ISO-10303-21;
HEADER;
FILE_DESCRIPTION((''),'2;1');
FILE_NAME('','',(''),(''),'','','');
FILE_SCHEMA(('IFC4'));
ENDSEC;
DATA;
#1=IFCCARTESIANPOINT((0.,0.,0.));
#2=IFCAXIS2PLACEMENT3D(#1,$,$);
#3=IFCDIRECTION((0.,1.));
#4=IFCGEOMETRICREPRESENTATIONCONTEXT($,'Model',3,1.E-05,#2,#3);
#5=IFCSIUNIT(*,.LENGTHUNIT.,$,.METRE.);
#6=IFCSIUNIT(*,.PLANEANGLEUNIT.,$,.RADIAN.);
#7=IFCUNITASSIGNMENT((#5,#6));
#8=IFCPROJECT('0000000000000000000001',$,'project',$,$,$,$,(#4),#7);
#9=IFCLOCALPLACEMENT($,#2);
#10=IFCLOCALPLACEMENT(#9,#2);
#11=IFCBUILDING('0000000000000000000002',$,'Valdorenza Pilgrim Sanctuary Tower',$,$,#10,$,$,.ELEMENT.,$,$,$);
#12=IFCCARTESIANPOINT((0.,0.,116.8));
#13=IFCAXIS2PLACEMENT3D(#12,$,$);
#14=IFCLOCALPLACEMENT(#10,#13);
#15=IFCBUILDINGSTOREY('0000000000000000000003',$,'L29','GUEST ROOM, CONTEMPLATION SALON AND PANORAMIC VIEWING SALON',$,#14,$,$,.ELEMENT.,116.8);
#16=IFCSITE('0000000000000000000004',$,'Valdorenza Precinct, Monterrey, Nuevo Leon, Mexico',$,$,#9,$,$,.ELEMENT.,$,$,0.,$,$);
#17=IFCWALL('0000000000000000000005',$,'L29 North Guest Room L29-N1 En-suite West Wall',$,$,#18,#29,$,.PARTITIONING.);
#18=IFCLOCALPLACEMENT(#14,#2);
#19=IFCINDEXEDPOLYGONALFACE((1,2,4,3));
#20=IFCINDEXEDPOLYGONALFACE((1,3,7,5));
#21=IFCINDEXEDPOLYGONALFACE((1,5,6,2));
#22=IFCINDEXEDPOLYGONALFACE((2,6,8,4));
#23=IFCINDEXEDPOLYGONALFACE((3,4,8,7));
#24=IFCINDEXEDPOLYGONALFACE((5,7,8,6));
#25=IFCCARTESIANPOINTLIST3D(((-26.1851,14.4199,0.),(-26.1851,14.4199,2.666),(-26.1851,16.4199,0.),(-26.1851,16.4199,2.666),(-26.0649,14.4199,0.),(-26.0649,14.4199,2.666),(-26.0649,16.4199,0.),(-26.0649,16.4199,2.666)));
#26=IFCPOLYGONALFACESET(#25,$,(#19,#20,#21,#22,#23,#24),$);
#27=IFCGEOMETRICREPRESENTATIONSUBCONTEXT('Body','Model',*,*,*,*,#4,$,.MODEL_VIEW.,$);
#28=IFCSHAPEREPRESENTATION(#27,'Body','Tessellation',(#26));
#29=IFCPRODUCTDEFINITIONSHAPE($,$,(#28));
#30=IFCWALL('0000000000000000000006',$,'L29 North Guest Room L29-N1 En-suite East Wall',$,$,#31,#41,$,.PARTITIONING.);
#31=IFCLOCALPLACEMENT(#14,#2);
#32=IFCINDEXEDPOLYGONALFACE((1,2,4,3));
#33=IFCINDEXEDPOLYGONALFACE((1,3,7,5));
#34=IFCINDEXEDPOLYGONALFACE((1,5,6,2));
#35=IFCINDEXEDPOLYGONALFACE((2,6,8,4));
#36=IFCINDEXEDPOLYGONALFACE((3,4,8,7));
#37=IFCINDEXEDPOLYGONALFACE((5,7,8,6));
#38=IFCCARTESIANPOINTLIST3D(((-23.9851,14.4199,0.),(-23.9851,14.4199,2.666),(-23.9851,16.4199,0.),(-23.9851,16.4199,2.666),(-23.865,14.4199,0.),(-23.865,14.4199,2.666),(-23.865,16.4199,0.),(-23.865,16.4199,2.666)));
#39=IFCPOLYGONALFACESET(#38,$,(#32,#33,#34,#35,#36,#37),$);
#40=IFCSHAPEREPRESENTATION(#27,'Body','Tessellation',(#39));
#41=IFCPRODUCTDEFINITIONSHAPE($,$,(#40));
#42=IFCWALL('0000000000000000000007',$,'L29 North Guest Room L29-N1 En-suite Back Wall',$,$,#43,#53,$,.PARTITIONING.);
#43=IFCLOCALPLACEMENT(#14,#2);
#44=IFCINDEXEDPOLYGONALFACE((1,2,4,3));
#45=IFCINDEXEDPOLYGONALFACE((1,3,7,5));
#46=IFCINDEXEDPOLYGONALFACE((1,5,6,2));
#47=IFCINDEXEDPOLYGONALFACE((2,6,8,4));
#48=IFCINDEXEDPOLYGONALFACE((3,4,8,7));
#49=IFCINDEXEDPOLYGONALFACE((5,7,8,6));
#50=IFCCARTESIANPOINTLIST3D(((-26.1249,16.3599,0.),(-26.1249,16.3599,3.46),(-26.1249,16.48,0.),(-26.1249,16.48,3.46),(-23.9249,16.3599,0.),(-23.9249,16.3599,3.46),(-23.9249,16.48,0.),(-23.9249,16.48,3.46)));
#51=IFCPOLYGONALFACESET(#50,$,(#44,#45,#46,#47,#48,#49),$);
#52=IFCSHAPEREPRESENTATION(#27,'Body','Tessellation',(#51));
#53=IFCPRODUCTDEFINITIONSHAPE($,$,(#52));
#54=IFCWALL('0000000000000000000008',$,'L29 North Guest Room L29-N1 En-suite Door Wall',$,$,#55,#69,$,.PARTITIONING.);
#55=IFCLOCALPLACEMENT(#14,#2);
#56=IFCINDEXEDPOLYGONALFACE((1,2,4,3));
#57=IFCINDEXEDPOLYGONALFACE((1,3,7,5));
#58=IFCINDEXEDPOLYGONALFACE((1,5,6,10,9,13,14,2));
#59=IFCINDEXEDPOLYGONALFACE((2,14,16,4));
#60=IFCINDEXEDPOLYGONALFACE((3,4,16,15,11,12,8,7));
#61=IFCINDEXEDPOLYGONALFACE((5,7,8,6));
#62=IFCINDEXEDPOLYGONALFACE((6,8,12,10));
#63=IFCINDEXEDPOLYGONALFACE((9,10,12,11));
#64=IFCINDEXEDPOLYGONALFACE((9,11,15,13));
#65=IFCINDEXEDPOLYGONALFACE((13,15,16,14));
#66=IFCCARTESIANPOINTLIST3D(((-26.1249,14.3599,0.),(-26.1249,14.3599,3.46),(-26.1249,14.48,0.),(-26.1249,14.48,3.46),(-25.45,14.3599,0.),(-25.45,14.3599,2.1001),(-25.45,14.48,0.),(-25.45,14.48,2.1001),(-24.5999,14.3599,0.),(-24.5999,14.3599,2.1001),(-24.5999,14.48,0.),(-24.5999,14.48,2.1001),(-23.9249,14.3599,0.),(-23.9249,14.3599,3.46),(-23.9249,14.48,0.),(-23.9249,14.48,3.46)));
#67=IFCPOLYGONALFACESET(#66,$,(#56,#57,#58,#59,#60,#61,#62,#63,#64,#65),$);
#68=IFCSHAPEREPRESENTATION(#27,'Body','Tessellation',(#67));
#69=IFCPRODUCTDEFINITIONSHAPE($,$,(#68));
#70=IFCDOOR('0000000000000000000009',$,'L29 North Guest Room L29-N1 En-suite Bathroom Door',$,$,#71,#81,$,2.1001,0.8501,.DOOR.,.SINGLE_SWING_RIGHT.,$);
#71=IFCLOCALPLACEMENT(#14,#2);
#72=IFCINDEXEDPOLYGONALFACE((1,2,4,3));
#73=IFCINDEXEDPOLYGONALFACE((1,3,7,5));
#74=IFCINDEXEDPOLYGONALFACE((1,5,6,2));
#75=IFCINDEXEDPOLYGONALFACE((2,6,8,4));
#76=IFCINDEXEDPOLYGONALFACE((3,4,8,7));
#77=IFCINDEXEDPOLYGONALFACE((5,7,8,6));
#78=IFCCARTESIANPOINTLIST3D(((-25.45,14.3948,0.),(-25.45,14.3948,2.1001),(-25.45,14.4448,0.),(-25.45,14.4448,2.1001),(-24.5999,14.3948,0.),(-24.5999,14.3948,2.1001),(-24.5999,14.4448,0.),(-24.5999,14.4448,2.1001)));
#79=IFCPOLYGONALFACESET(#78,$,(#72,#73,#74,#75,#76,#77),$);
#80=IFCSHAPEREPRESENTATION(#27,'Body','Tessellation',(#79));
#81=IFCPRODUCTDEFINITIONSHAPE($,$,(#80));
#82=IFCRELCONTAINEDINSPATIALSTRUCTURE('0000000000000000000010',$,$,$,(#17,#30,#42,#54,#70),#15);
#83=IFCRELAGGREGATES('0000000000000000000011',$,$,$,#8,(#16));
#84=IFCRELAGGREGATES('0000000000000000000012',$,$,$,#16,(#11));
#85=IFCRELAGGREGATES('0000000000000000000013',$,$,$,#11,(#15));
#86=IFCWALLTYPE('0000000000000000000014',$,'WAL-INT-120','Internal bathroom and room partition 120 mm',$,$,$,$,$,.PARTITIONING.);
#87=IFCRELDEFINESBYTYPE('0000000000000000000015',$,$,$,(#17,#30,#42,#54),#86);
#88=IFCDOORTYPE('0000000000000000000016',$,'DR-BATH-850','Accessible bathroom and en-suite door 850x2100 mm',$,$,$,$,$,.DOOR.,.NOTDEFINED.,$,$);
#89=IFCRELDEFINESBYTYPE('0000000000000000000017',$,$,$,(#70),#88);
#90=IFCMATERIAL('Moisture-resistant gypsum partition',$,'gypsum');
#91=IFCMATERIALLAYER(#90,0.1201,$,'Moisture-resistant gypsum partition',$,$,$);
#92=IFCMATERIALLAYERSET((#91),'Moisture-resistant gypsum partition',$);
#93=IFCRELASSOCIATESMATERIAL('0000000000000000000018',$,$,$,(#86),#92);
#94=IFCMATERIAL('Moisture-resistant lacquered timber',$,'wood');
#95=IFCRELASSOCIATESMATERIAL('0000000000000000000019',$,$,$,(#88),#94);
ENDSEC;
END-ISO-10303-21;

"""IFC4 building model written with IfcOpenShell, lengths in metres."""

from ifc_helpers import new_model, si_unit, direction, frame, frame_2d, origin, place, context, subcontext, project, spatial, rectangle, extrude, material, layer, layer_set, type_object, element, fill, save


model = new_model("IFC4")

# Units and contexts
model_context = context("Model", 3, precision=1e-05, world=origin(), true_north=direction((0.0, 1.0)))
body_context = subcontext(model_context, "Body", "Model", "MODEL_VIEW")
ifc_project = project(units=[si_unit("LENGTHUNIT", "METRE"), si_unit("PLANEANGLEUNIT", "RADIAN")], contexts=[model_context])

# Site, building, storey
site_placement = place(None, origin())
site = spatial("IfcSite", under=ifc_project, at=site_placement, Name="Valdorenza Precinct, Monterrey, Nuevo Leon, Mexico", CompositionType="ELEMENT", RefElevation=0.0)
building_placement = place(site_placement, origin())
building = spatial("IfcBuilding", under=site, at=building_placement, Name="Valdorenza Pilgrim Sanctuary Tower", CompositionType="ELEMENT")
storey_placement = place(building_placement, frame((0.0, 0.0, 116.8)))
storey = spatial("IfcBuildingStorey", under=building, at=storey_placement, Name="L29", Description="GUEST ROOM, CONTEMPLATION SALON AND PANORAMIC VIEWING SALON", CompositionType="ELEMENT", Elevation=116.8)

# Walls
ifc_material_1 = material(Name="Moisture-resistant gypsum partition", Category="gypsum")
ifc_layer_1 = layer(ifc_material_1, 0.1201, Name="Moisture-resistant gypsum partition")
ifc_layer_set_1 = layer_set([ifc_layer_1], Name="Moisture-resistant gypsum partition")
wall_type_1 = type_object("IfcWallType", Name="WAL-INT-120", Description="Internal bathroom and room partition 120 mm", PredefinedType="PARTITIONING", material=ifc_layer_set_1)
for number, where, z_axis, x_axis, name in (
    (1, (-26.125, 14.4199, 0.0), (0.0, 0.0, 1.0), (0.0, 1.0, 0.0), "L29 North Guest Room L29-N1 En-suite West Wall"),
    (2, (-23.925, 14.4199, 0.0), (0.0, 0.0, 1.0), (0.0, 1.0, 0.0), "L29 North Guest Room L29-N1 En-suite East Wall"),
):
    element("IfcWall", number, at=place(storey_placement, frame(where, z_axis=z_axis, x_axis=x_axis)), inside=storey, type_object=wall_type_1, Name=name, PredefinedType="PARTITIONING", context=body_context, shape_type="SweptSolid", body=[
        extrude(rectangle(XDim=2.0, YDim=0.1201, at=frame_2d((1.0, 0.0))), origin(), (0.0, 0.0, 1.0), 2.666),
    ])
wall_1_placement = place(storey_placement, frame((-26.125, 16.4199, 0.0), z_axis=(0.0, 0.0, 1.0), x_axis=(1.0, 0.0, 0.0)))
element("IfcWall", 3, at=wall_1_placement, inside=storey, type_object=wall_type_1, Name="L29 North Guest Room L29-N1 En-suite Back Wall", PredefinedType="PARTITIONING", context=body_context, shape_type="SweptSolid", body=[
    extrude(rectangle(XDim=2.2, YDim=0.1201, at=frame_2d((1.1001, 0.0))), origin(), (0.0, 0.0, 1.0), 3.46),
])

# Wall, opening, door
wall_2_placement = place(storey_placement, frame((-26.125, 14.4199, 0.0), z_axis=(0.0, 0.0, 1.0), x_axis=(1.0, 0.0, 0.0)))
wall_2 = element("IfcWall", 4, at=wall_2_placement, inside=storey, type_object=wall_type_1, Name="L29 North Guest Room L29-N1 En-suite Door Wall", PredefinedType="PARTITIONING", context=body_context, shape_type="SweptSolid", body=[
    extrude(rectangle(XDim=2.2, YDim=0.1201, at=frame_2d((1.1001, 0.0))), origin(), (0.0, 0.0, 1.0), 3.46),
])
opening_1_placement = place(wall_2_placement, frame((0.675, 0.0, 0.0)))
opening_1 = element("IfcOpeningElement", 5, at=opening_1_placement, cuts=wall_2, PredefinedType="OPENING", context=body_context, shape_type="SweptSolid", body=[
    extrude(rectangle(XDim=0.8501, YDim=2.1001, at=frame_2d((0.425, 1.05))), frame((0.0, 0.075, 0.0), z_axis=(0.0, -1.0, 0.0), x_axis=(1.0, 0.0, 0.0)), (0.0, 0.0, 1.0), 0.1499),
])
ifc_material_2 = material(Name="Moisture-resistant lacquered timber", Category="wood")
door_type_1 = type_object("IfcDoorType", Name="DR-BATH-850", Description="Accessible bathroom and en-suite door 850x2100 mm", OperationType="NOTDEFINED", PredefinedType="DOOR", material=ifc_material_2)
door_1_placement = place(opening_1_placement, origin())
door_1 = element("IfcDoor", 6, at=door_1_placement, inside=storey, type_object=door_type_1, Name="L29 North Guest Room L29-N1 En-suite Bathroom Door", OperationType="SINGLE_SWING_RIGHT", OverallHeight=2.1001, OverallWidth=0.8501, PredefinedType="DOOR", context=body_context, shape_type="SweptSolid", body=[
    extrude(rectangle(XDim=0.8501, YDim=2.1001, at=frame_2d((0.425, 1.05))), frame((0.0, 0.0249, 0.0), z_axis=(0.0, -1.0, 0.0), x_axis=(1.0, 0.0, 0.0)), (0.0, 0.0, 1.0), 0.05),
])
fill(opening_1, door_1)

save(model, "model.ifc")
